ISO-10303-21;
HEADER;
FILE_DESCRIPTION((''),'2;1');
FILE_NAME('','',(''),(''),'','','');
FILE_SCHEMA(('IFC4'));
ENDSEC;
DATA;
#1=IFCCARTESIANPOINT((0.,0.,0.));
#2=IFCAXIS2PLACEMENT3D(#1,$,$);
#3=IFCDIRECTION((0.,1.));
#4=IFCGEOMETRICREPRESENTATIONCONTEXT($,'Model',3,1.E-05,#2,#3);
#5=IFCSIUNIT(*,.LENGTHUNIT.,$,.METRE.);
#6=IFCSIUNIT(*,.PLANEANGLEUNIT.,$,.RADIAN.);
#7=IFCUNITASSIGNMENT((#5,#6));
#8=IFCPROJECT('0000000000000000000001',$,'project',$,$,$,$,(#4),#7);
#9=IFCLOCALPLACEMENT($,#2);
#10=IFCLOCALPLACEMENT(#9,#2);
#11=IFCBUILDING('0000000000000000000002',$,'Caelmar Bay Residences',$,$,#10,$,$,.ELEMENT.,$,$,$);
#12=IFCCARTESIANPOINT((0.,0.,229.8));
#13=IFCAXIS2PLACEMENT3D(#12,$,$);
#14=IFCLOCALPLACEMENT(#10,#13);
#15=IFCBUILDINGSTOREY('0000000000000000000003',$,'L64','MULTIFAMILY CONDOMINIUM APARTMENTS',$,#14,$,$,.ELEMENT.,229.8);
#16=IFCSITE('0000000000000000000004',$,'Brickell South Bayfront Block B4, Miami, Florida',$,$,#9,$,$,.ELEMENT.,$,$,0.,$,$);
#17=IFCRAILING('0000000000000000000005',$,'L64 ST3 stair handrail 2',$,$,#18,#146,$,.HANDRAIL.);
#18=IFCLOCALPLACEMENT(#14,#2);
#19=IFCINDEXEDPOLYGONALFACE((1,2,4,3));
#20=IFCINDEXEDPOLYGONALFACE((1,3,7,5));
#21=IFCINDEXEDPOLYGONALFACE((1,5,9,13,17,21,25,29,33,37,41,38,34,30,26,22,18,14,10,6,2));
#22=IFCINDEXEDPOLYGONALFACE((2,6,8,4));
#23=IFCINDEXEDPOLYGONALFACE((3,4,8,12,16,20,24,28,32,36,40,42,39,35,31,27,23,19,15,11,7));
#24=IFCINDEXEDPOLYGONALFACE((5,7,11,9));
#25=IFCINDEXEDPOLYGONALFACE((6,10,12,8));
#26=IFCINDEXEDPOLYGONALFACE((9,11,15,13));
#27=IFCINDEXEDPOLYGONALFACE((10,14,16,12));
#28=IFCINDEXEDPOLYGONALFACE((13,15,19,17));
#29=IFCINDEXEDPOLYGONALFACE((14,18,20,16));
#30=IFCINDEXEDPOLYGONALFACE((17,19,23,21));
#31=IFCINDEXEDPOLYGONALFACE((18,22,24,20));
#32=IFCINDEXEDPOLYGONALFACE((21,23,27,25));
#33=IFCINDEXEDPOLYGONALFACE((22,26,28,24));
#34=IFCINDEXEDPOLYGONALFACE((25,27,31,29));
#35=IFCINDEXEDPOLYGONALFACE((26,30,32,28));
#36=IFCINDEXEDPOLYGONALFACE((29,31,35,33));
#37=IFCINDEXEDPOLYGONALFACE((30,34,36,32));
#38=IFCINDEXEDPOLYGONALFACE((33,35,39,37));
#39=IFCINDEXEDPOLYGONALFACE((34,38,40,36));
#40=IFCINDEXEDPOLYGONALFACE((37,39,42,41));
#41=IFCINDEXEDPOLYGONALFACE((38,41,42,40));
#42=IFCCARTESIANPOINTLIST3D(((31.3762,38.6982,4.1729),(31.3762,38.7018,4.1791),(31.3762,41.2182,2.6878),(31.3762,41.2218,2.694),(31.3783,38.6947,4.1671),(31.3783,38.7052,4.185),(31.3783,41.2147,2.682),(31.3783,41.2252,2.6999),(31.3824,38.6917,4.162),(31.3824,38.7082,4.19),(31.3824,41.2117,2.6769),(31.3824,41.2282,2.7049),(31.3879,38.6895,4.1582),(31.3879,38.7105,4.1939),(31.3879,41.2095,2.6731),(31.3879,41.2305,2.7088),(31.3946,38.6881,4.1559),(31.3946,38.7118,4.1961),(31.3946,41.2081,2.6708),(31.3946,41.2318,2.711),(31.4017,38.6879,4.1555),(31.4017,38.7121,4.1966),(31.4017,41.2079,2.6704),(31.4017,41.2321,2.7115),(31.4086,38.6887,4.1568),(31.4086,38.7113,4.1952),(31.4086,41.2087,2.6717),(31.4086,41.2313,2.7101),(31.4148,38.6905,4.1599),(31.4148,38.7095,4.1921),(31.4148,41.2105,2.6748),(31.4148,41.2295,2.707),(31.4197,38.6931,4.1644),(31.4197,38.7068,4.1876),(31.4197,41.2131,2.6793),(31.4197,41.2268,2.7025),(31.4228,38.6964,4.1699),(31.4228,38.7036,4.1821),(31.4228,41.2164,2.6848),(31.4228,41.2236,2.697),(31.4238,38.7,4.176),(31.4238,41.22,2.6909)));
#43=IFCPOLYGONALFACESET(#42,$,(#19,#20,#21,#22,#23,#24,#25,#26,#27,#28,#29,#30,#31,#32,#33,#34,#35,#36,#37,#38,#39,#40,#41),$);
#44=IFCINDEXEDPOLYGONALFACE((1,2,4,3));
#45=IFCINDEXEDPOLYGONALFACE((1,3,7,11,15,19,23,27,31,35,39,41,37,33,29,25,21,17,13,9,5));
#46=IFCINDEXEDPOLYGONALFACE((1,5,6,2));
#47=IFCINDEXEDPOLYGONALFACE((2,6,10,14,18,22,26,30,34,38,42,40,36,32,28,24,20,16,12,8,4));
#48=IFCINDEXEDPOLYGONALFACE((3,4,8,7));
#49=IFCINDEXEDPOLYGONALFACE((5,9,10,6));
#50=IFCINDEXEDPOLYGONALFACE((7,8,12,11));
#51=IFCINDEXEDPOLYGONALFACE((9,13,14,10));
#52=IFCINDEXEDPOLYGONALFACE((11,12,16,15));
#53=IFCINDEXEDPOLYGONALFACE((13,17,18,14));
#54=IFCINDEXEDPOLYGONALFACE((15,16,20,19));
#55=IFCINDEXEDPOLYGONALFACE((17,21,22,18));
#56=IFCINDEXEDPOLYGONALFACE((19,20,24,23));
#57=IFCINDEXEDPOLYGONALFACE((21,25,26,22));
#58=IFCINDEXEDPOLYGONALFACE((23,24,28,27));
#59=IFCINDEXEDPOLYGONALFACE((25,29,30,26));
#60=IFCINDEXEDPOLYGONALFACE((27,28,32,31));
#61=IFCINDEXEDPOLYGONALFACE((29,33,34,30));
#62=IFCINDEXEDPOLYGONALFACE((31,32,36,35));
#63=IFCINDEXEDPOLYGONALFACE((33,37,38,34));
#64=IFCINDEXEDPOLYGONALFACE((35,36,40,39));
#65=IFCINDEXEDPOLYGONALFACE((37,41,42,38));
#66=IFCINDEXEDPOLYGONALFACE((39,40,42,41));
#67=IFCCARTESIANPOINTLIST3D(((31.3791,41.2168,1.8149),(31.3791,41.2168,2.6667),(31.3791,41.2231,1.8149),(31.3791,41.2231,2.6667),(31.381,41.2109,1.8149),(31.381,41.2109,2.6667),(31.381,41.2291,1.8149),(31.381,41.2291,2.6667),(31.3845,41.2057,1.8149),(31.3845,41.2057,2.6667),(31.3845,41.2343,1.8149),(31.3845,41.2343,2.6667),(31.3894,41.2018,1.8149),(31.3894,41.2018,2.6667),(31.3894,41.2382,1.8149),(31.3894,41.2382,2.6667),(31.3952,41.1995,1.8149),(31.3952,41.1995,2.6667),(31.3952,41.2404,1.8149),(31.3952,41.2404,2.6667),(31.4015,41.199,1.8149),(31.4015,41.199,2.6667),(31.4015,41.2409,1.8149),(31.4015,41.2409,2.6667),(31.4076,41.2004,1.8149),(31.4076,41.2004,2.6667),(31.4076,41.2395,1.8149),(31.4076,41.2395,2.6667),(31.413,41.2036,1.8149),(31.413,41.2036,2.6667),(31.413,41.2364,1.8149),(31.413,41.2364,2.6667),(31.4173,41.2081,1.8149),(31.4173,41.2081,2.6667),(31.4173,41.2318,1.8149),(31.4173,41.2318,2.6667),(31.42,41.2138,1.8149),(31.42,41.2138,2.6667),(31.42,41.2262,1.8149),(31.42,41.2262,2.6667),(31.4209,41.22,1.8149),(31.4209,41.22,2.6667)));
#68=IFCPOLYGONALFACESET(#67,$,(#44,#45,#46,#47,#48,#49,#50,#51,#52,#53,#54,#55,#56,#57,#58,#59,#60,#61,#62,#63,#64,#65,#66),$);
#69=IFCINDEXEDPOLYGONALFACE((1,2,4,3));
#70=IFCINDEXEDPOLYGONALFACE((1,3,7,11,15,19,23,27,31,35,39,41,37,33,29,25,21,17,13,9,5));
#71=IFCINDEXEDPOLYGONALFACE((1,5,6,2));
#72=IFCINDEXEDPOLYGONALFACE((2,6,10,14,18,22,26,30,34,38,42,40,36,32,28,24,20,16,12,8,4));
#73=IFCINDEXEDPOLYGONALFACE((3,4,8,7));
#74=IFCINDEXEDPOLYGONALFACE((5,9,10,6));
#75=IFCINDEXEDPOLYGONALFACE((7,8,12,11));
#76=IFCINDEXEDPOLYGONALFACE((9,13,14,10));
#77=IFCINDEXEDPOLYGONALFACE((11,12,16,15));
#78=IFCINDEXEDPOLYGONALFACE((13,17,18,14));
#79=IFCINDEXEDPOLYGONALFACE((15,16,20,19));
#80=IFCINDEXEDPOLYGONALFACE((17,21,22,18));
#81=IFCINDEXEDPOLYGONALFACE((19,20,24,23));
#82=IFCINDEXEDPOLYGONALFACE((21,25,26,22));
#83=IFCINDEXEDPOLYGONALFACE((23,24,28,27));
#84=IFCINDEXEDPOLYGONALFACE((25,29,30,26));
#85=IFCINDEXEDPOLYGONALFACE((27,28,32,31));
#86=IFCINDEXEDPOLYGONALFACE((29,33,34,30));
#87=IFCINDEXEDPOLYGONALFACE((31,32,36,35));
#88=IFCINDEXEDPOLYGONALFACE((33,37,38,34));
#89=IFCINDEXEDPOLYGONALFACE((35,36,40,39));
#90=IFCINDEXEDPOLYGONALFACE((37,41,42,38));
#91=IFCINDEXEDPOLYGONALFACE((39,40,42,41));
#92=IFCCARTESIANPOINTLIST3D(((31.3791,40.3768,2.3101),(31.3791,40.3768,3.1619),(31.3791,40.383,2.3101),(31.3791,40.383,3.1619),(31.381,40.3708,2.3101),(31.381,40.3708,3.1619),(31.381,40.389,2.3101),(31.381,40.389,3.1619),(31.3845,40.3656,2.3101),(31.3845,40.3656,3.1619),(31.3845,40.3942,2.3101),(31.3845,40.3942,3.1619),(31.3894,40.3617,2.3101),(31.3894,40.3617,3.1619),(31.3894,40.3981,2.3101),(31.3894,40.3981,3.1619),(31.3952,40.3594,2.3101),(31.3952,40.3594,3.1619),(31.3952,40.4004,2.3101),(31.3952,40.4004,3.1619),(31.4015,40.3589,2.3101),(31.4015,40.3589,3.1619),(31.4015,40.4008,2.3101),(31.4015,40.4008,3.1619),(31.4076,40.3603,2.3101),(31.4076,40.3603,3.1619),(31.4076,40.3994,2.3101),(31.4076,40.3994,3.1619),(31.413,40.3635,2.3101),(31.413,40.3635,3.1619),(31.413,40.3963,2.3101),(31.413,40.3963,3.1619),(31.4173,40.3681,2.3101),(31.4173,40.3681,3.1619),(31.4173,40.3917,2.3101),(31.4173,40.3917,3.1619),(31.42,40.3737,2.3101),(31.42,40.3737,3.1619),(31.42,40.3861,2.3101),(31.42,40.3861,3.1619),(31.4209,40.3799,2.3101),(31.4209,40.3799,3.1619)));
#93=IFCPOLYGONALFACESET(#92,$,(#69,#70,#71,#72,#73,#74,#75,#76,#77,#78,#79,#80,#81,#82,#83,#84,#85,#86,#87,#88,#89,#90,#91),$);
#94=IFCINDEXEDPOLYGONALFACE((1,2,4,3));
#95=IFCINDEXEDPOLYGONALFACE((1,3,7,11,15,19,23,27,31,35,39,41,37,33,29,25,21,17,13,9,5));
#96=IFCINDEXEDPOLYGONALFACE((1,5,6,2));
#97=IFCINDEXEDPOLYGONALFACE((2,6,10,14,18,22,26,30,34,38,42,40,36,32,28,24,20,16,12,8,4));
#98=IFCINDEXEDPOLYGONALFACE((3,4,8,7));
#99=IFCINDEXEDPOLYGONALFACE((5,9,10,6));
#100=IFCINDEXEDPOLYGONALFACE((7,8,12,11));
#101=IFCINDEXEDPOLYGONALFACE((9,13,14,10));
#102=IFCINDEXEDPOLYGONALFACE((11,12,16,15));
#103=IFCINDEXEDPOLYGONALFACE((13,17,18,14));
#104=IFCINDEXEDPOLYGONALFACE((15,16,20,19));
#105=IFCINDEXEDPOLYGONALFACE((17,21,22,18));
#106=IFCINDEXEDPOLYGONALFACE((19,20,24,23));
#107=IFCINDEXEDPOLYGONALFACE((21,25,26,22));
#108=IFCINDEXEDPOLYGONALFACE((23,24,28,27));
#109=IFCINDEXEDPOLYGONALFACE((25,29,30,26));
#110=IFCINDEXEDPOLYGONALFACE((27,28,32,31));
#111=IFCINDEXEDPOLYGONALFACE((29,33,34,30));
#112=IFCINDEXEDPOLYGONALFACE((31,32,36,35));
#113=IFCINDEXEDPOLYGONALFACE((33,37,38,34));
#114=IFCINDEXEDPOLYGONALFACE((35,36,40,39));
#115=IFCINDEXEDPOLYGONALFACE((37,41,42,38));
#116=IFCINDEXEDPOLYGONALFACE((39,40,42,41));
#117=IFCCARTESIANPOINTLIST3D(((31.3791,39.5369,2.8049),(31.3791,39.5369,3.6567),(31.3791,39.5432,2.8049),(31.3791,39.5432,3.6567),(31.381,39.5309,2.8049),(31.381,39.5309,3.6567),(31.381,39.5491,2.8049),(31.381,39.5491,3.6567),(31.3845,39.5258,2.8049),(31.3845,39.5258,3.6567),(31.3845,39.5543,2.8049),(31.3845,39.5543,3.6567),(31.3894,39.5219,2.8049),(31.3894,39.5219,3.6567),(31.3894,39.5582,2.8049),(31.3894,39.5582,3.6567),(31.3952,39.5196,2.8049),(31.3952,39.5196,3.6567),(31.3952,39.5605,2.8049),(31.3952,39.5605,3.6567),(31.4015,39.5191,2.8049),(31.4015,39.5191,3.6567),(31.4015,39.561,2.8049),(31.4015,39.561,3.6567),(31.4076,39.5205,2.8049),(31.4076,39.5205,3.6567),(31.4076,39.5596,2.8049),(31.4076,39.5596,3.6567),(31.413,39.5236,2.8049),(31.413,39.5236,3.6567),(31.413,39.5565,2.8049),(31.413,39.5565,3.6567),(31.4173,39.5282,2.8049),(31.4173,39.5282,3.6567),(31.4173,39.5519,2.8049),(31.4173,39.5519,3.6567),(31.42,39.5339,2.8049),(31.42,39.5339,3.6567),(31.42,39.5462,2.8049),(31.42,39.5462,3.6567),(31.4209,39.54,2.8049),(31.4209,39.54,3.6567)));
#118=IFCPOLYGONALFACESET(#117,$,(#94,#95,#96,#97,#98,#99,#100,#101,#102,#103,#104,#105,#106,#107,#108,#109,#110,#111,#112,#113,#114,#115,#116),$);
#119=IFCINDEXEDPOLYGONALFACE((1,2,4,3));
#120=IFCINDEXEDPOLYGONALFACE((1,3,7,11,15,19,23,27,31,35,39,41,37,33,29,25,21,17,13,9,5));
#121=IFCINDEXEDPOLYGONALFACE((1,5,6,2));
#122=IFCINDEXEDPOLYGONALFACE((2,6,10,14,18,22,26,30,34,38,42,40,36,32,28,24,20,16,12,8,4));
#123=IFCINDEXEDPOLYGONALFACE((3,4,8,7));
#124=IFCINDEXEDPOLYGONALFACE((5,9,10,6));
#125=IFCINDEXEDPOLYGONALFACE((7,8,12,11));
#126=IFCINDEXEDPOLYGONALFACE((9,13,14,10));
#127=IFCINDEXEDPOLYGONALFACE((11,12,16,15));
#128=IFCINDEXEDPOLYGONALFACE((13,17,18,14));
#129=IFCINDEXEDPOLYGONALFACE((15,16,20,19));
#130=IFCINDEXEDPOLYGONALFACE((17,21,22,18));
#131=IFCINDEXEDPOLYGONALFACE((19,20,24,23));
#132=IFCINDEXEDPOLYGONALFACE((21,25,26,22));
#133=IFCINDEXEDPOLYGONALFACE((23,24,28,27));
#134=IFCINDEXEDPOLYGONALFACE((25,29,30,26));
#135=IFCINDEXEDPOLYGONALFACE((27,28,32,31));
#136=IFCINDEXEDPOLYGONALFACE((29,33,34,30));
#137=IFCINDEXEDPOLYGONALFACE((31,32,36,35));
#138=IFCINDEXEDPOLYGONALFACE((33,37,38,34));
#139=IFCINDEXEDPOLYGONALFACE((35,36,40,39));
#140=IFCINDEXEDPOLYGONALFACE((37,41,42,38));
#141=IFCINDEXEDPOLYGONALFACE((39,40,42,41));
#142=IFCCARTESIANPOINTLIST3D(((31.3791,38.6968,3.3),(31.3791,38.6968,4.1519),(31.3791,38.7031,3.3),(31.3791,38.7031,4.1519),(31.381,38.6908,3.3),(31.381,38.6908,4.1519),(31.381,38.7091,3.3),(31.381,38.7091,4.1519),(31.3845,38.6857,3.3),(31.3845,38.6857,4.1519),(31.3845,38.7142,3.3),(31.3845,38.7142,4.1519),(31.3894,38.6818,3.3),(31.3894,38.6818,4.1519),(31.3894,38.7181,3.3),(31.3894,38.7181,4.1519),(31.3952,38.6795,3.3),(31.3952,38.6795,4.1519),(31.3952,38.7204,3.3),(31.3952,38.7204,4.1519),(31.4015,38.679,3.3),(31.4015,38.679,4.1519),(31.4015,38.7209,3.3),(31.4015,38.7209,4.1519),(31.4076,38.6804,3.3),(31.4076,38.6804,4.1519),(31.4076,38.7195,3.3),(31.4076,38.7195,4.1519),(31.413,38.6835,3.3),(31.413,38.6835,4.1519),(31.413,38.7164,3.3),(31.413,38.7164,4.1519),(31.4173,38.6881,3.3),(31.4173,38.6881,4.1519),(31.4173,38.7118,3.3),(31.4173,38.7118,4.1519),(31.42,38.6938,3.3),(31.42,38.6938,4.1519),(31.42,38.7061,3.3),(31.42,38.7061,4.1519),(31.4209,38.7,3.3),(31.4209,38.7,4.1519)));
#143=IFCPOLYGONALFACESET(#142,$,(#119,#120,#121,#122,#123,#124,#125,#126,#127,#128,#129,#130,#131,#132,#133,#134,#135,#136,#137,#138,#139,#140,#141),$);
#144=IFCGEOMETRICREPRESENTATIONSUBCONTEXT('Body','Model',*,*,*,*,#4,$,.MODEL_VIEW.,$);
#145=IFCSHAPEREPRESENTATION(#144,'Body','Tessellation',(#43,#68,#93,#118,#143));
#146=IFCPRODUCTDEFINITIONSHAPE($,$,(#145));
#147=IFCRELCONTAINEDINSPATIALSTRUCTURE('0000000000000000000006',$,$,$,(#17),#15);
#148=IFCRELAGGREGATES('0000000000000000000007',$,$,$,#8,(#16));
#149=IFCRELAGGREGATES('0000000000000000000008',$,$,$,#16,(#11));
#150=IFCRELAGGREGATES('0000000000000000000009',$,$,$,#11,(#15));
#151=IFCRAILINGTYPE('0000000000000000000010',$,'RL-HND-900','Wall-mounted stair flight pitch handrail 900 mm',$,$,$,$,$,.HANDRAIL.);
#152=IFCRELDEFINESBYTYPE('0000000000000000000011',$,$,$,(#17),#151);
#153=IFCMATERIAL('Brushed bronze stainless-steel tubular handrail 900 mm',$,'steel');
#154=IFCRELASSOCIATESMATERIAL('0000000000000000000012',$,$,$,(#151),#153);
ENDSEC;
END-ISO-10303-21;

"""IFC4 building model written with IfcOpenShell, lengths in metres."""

from ifc_helpers import new_model, si_unit, direction, frame, origin, origin_2d, place, context, subcontext, project, spatial, circle, extrude, material, type_object, element, save


model = new_model("IFC4")

# Units and contexts
model_context = context("Model", 3, precision=1e-05, world=origin(), true_north=direction((0.0, 1.0)))
body_context = subcontext(model_context, "Body", "Model", "MODEL_VIEW")
ifc_project = project(units=[si_unit("LENGTHUNIT", "METRE"), si_unit("PLANEANGLEUNIT", "RADIAN")], contexts=[model_context])

# Site, building, storey
site_placement = place(None, origin())
site = spatial("IfcSite", under=ifc_project, at=site_placement, Name="Brickell South Bayfront Block B4, Miami, Florida", CompositionType="ELEMENT", RefElevation=0.0)
building_placement = place(site_placement, origin())
building = spatial("IfcBuilding", under=site, at=building_placement, Name="Caelmar Bay Residences", CompositionType="ELEMENT")
storey_placement = place(building_placement, frame((0.0, 0.0, 229.8)))
storey = spatial("IfcBuildingStorey", under=building, at=storey_placement, Name="L64", Description="MULTIFAMILY CONDOMINIUM APARTMENTS", CompositionType="ELEMENT", Elevation=229.8)

# Railing
ifc_material_1 = material(Name="Brushed bronze stainless-steel tubular handrail 900 mm", Category="steel")
railing_type_1 = type_object("IfcRailingType", Name="RL-HND-900", Description="Wall-mounted stair flight pitch handrail 900 mm", PredefinedType="HANDRAIL", material=ifc_material_1)
railing_1_placement = place(storey_placement, frame((31.3999, 41.22, 1.8149)))
element("IfcRailing", 1, at=railing_1_placement, inside=storey, type_object=railing_type_1, Name="L64 ST3 stair handrail 2", PredefinedType="HANDRAIL", context=body_context, shape_type="SweptSolid", body=[
    extrude(circle(Radius=0.0239, at=origin_2d()), frame((0.0, 0.0, 0.876), z_axis=(0.0, -0.861524, 0.507717), x_axis=(1.0, 0.0, 0.0)), (0.0, 0.0, 1.0), 2.925),
    extrude(circle(Radius=0.021, at=origin_2d()), origin(), (0.0, 0.0, 1.0), 0.8518),
    extrude(circle(Radius=0.021, at=origin_2d()), frame((0.0, -0.8401, 0.4951)), (0.0, 0.0, 1.0), 0.8518),
    extrude(circle(Radius=0.021, at=origin_2d()), frame((0.0, -1.6799, 0.99)), (0.0, 0.0, 1.0), 0.8518),
    extrude(circle(Radius=0.021, at=origin_2d()), frame((0.0, -2.52, 1.4851)), (0.0, 0.0, 1.0), 0.8518),
])

save(model, "model.ifc")
